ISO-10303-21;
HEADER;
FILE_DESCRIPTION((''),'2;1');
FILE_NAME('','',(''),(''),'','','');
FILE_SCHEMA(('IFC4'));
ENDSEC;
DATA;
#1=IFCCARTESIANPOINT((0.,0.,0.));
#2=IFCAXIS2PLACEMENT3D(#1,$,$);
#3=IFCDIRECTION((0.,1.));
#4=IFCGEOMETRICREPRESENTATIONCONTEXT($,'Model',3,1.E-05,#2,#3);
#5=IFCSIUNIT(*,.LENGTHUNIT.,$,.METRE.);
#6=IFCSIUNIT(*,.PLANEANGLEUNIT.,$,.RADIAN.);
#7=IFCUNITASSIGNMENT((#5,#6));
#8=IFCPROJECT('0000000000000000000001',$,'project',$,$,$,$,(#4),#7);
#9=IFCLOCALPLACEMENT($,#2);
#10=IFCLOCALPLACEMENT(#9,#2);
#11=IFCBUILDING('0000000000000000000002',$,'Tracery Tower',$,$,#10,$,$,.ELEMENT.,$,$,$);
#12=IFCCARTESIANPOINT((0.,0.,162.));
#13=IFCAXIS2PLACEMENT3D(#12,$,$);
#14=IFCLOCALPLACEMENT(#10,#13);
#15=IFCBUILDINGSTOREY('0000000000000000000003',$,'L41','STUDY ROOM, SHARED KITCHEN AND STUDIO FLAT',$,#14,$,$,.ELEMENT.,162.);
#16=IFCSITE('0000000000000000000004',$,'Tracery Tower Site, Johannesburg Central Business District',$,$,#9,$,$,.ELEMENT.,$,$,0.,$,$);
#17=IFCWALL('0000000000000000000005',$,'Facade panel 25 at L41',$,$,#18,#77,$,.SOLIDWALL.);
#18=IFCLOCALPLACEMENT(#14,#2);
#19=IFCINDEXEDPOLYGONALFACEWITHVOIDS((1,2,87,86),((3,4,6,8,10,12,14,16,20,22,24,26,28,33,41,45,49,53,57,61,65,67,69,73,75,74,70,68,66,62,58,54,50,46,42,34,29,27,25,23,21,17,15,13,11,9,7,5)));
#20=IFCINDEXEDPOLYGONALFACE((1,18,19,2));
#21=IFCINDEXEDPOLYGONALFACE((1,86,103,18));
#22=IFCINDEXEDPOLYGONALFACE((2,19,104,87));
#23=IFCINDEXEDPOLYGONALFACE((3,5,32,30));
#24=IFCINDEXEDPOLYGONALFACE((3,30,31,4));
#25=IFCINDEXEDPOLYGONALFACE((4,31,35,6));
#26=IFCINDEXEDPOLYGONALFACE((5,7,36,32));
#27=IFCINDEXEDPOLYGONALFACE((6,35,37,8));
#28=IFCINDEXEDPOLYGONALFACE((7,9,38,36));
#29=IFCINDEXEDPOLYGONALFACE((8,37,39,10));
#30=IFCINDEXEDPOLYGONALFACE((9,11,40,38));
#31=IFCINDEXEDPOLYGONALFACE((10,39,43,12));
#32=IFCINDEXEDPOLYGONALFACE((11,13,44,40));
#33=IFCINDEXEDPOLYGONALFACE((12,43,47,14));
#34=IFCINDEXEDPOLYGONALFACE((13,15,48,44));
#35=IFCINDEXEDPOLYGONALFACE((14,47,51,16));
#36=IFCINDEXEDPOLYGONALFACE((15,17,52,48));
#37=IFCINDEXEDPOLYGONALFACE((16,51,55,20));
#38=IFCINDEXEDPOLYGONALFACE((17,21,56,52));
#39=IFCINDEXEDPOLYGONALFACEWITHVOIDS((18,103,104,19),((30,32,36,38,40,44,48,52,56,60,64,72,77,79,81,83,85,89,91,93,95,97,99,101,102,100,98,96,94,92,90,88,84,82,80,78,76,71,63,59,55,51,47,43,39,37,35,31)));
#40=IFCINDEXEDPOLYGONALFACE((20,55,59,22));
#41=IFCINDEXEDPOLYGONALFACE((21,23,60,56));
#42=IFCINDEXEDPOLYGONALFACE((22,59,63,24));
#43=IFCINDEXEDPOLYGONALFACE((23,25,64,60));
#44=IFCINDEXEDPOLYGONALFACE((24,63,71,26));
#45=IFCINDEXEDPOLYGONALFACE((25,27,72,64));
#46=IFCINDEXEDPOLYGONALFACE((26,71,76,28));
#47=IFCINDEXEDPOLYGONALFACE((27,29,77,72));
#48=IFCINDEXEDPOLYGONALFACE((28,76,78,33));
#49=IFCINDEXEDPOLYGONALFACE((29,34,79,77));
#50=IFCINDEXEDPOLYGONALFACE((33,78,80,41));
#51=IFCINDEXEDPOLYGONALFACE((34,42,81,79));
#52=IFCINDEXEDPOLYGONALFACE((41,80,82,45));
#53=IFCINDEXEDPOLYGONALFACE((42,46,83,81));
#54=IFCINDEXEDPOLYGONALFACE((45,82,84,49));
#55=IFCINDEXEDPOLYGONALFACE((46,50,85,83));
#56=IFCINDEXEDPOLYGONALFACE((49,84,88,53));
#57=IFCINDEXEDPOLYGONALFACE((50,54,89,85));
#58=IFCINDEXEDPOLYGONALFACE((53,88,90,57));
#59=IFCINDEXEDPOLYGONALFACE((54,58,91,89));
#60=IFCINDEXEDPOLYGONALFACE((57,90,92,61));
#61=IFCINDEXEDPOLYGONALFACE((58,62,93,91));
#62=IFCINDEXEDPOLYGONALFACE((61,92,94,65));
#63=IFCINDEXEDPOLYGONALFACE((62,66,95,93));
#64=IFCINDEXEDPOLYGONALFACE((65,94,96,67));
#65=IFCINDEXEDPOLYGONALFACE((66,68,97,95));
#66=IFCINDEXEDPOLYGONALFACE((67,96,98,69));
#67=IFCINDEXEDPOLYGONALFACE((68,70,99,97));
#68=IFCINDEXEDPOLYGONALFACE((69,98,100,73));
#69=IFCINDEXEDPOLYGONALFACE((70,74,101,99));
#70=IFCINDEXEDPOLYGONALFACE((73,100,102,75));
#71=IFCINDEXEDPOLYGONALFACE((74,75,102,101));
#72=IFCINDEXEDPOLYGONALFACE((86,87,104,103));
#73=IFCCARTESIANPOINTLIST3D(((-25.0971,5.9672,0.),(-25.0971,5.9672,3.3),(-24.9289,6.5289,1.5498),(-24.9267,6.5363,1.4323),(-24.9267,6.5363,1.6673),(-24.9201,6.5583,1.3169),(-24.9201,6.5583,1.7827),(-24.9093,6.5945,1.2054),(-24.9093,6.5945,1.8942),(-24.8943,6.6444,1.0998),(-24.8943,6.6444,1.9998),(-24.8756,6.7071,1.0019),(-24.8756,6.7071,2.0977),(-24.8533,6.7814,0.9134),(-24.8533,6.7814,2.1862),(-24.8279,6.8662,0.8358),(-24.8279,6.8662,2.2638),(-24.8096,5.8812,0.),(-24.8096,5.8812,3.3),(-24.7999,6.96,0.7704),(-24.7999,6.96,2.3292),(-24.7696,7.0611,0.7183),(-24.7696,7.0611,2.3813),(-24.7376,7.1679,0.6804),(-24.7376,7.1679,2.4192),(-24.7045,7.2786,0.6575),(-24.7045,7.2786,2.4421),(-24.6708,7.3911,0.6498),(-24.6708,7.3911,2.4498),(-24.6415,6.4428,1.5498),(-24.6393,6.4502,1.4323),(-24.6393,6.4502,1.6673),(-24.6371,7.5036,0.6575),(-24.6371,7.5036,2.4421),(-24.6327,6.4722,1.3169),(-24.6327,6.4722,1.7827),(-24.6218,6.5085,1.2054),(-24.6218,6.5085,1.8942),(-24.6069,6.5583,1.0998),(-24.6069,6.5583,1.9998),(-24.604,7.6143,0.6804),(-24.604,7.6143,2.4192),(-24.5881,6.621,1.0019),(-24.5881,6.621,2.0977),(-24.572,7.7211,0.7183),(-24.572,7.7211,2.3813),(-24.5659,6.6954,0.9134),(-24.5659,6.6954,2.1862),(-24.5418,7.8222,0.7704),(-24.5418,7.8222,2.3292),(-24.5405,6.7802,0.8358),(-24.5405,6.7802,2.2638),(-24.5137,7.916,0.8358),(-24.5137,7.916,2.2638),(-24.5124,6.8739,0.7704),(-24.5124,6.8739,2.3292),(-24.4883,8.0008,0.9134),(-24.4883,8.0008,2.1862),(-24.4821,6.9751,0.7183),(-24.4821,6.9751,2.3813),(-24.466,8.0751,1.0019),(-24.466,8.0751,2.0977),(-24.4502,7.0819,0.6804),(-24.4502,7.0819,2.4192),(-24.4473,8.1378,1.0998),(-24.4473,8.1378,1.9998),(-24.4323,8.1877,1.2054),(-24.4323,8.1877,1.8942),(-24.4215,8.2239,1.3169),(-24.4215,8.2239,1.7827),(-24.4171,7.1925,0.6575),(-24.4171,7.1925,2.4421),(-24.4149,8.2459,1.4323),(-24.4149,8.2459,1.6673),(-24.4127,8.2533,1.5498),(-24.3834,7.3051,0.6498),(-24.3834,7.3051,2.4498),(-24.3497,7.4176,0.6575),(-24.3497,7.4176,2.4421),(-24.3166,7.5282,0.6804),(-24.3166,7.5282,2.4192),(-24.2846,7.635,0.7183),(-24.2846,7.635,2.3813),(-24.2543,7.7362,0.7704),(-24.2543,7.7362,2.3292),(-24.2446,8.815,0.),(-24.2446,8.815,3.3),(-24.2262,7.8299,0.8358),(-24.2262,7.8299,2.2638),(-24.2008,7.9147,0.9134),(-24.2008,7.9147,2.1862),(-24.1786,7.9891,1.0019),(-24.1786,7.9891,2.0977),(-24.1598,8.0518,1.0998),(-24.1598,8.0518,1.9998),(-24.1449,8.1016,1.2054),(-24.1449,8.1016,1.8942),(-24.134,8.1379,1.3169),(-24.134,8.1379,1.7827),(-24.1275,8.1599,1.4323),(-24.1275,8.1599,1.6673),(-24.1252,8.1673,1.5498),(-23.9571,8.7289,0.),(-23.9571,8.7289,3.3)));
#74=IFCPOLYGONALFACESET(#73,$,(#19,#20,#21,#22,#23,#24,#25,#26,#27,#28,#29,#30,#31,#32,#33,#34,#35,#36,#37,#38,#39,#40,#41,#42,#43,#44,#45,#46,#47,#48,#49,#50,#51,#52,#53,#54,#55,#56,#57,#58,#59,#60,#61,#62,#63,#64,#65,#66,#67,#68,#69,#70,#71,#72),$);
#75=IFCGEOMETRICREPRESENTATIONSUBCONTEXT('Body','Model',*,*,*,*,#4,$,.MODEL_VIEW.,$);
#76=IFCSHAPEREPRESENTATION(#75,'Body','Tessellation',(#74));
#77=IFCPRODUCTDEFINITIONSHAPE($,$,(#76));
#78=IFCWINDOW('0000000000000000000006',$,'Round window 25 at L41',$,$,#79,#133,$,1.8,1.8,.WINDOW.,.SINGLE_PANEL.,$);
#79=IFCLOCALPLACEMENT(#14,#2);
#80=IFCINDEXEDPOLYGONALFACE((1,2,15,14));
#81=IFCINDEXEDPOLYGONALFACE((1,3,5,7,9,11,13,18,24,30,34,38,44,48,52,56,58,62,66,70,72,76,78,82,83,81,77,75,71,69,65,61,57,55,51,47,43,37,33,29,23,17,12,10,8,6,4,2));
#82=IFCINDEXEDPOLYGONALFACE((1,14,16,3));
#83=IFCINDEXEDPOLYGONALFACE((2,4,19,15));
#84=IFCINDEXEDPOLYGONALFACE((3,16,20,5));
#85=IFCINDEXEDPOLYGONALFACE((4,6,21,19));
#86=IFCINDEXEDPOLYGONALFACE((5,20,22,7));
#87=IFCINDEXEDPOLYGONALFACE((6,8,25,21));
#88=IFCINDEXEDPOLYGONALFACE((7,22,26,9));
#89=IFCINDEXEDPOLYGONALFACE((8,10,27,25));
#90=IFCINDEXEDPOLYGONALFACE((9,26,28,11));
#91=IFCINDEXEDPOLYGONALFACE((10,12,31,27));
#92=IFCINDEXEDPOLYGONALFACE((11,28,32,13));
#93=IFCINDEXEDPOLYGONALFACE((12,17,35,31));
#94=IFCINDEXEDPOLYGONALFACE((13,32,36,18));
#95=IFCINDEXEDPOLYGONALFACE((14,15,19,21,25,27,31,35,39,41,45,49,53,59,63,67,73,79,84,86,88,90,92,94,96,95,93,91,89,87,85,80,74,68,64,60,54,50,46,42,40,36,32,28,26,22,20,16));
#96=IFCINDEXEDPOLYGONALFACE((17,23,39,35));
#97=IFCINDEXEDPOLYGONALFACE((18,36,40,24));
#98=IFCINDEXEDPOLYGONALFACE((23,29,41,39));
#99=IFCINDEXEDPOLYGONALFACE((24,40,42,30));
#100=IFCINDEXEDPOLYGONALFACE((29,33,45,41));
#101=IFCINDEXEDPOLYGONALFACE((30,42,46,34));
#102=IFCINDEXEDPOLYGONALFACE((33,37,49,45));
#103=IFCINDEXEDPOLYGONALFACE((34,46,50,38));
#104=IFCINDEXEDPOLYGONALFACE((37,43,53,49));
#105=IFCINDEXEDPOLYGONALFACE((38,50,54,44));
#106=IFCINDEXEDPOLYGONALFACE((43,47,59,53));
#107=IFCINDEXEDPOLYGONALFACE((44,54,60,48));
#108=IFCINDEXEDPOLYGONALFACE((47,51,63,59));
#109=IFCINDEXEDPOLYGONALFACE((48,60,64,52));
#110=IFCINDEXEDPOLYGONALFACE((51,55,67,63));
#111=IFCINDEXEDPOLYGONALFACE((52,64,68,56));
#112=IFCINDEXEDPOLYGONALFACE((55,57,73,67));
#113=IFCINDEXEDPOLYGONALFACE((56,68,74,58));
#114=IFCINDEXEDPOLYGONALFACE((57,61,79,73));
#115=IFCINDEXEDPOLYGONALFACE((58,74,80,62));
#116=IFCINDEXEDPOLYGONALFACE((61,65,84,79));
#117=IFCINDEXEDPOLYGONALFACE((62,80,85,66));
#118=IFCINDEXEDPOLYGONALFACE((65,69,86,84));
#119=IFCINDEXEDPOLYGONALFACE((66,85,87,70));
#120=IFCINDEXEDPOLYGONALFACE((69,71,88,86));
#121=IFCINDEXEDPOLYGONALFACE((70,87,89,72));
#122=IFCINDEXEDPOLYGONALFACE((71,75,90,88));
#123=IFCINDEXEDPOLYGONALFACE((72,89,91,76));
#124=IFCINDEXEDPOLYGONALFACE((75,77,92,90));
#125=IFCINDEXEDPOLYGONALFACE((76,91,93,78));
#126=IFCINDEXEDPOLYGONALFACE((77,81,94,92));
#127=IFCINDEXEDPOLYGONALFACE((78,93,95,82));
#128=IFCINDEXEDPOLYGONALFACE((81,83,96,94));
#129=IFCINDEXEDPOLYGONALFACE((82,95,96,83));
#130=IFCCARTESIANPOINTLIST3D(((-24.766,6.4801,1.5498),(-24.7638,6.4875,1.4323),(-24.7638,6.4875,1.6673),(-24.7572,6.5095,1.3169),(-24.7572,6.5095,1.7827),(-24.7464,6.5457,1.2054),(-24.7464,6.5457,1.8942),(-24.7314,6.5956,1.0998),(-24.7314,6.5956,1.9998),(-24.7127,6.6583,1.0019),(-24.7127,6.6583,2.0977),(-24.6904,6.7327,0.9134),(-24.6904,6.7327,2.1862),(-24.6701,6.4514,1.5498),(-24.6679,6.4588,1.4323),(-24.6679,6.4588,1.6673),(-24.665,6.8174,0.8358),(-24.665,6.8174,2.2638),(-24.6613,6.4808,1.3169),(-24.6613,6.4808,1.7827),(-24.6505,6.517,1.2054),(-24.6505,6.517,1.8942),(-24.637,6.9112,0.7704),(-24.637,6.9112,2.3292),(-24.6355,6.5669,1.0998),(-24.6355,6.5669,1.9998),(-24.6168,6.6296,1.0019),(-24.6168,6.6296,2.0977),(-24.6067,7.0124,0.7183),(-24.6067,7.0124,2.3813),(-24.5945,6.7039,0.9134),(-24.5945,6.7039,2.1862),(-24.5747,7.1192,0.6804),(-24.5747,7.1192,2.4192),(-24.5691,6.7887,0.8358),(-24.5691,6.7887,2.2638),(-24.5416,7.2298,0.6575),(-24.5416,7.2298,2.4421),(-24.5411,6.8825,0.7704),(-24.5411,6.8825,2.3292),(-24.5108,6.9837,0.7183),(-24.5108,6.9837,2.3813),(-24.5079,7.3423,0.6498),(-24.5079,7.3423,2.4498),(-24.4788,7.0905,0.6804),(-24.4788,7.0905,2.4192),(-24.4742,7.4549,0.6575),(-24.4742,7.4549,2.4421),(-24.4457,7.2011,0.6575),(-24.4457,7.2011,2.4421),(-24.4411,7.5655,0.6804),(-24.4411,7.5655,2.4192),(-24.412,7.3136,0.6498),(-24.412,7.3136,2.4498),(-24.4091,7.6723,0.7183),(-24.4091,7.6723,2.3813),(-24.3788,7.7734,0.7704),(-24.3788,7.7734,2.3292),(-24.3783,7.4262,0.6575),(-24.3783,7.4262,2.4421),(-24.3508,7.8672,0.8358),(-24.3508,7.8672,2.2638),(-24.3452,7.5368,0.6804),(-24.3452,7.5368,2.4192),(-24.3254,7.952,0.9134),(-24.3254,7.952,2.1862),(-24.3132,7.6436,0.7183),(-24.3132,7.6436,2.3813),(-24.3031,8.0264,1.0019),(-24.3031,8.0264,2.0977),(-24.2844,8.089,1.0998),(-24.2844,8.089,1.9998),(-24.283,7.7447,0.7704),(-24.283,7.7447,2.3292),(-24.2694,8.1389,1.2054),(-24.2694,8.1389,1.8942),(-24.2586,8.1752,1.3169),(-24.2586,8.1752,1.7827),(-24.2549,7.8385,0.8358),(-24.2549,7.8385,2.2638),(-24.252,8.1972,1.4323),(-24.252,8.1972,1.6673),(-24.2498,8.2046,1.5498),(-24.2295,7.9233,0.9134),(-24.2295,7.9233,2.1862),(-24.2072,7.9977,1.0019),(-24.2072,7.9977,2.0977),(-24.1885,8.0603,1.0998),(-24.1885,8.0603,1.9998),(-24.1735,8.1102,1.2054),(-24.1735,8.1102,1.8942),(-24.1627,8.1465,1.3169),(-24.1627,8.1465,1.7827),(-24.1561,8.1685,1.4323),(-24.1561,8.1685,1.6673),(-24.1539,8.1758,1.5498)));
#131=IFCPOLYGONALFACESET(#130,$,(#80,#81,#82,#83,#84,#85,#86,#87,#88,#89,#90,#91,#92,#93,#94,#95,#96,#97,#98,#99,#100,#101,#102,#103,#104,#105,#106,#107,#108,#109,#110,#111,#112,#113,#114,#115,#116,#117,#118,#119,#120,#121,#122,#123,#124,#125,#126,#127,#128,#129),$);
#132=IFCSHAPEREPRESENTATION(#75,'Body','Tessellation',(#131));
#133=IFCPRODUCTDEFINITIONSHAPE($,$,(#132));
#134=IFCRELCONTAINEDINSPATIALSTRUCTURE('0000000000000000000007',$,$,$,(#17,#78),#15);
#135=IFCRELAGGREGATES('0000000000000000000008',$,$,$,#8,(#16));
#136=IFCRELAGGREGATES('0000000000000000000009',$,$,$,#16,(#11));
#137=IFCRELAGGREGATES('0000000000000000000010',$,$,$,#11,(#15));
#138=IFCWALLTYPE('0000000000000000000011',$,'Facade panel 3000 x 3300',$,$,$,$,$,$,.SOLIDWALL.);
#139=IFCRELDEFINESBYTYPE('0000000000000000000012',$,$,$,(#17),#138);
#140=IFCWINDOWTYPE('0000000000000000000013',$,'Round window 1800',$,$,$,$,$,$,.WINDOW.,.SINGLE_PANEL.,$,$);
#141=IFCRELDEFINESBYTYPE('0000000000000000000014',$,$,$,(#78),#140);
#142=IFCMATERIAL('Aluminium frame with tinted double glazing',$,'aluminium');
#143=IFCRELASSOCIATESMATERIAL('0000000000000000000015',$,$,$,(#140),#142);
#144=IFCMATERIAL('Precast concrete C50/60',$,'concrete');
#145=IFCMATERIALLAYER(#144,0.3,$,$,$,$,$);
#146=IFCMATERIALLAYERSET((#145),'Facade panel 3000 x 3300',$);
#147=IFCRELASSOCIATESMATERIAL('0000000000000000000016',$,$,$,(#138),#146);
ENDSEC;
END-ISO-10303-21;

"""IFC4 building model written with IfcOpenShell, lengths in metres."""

from ifc_helpers import new_model, si_unit, direction, frame, frame_2d, origin, origin_2d, place, context, subcontext, project, spatial, rectangle, circle, extrude, material, layer, layer_set, type_object, element, fill, save


model = new_model("IFC4")

# Units and contexts
model_context = context("Model", 3, precision=1e-05, world=origin(), true_north=direction((0.0, 1.0)))
body_context = subcontext(model_context, "Body", "Model", "MODEL_VIEW")
ifc_project = project(units=[si_unit("LENGTHUNIT", "METRE"), si_unit("PLANEANGLEUNIT", "RADIAN")], contexts=[model_context])

# Site, building, storey
site_placement = place(None, origin())
site = spatial("IfcSite", under=ifc_project, at=site_placement, Name="Tracery Tower Site, Johannesburg Central Business District", CompositionType="ELEMENT", RefElevation=0.0)
building_placement = place(site_placement, origin())
building = spatial("IfcBuilding", under=site, at=building_placement, Name="Tracery Tower", CompositionType="ELEMENT")
storey_placement = place(building_placement, frame((0.0, 0.0, 162.0)))
storey = spatial("IfcBuildingStorey", under=building, at=storey_placement, Name="L41", Description="STUDY ROOM, SHARED KITCHEN AND STUDIO FLAT", CompositionType="ELEMENT", Elevation=162.0)

# Wall, opening, window
ifc_material_1 = material(Name="Aluminium frame with tinted double glazing", Category="aluminium")
window_type = type_object("IfcWindowType", Name="Round window 1800", PartitioningType="SINGLE_PANEL", PredefinedType="WINDOW", material=ifc_material_1)
ifc_material_2 = material(Name="Precast concrete C50/60", Category="concrete")
ifc_layer_1 = layer(ifc_material_2, 0.3)
ifc_layer_set_1 = layer_set([ifc_layer_1], Name="Facade panel 3000 x 3300")
wall_type_1 = type_object("IfcWallType", Name="Facade panel 3000 x 3300", PredefinedType="SOLIDWALL", material=ifc_layer_set_1)
wall_1_placement = place(storey_placement, frame((-24.1008, 8.772, 0.0), z_axis=(0.0, 0.0, 1.0), x_axis=(-0.286783, -0.957996, 0.0)))
wall_1 = element("IfcWall", 1, at=wall_1_placement, inside=storey, type_object=wall_type_1, Name="Facade panel 25 at L41", PredefinedType="SOLIDWALL", context=body_context, shape_type="SweptSolid", body=[
    extrude(rectangle(XDim=2.9727, YDim=0.3, at=frame_2d((1.4863, 0.0))), origin(), (0.0, 0.0, 1.0), 3.3),
])
opening_1_placement = place(wall_1_placement, frame((1.4863, 0.0, 1.5498)))
opening_1 = element("IfcOpeningElement", 2, at=opening_1_placement, cuts=wall_1, PredefinedType="OPENING", context=body_context, shape_type="SweptSolid", body=[
    extrude(circle(Radius=0.9, at=origin_2d()), frame((0.0, 0.1599, 0.0), z_axis=(0.0, -1.0, 0.0), x_axis=(1.0, 0.0, 0.0)), (0.0, 0.0, 1.0), 0.3201),
])
window_1_placement = place(opening_1_placement, origin())
window_1 = element("IfcWindow", 3, at=window_1_placement, inside=storey, type_object=window_type, Name="Round window 25 at L41", OverallHeight=1.8, OverallWidth=1.8, PartitioningType="SINGLE_PANEL", PredefinedType="WINDOW", context=body_context, shape_type="SweptSolid", body=[
    extrude(circle(Radius=0.9, at=origin_2d()), frame((0.0, 0.1201, 0.0), z_axis=(0.0, -1.0, 0.0), x_axis=(1.0, 0.0, 0.0)), (0.0, 0.0, 1.0), 0.1001),
])
fill(opening_1, window_1)

save(model, "model.ifc")
